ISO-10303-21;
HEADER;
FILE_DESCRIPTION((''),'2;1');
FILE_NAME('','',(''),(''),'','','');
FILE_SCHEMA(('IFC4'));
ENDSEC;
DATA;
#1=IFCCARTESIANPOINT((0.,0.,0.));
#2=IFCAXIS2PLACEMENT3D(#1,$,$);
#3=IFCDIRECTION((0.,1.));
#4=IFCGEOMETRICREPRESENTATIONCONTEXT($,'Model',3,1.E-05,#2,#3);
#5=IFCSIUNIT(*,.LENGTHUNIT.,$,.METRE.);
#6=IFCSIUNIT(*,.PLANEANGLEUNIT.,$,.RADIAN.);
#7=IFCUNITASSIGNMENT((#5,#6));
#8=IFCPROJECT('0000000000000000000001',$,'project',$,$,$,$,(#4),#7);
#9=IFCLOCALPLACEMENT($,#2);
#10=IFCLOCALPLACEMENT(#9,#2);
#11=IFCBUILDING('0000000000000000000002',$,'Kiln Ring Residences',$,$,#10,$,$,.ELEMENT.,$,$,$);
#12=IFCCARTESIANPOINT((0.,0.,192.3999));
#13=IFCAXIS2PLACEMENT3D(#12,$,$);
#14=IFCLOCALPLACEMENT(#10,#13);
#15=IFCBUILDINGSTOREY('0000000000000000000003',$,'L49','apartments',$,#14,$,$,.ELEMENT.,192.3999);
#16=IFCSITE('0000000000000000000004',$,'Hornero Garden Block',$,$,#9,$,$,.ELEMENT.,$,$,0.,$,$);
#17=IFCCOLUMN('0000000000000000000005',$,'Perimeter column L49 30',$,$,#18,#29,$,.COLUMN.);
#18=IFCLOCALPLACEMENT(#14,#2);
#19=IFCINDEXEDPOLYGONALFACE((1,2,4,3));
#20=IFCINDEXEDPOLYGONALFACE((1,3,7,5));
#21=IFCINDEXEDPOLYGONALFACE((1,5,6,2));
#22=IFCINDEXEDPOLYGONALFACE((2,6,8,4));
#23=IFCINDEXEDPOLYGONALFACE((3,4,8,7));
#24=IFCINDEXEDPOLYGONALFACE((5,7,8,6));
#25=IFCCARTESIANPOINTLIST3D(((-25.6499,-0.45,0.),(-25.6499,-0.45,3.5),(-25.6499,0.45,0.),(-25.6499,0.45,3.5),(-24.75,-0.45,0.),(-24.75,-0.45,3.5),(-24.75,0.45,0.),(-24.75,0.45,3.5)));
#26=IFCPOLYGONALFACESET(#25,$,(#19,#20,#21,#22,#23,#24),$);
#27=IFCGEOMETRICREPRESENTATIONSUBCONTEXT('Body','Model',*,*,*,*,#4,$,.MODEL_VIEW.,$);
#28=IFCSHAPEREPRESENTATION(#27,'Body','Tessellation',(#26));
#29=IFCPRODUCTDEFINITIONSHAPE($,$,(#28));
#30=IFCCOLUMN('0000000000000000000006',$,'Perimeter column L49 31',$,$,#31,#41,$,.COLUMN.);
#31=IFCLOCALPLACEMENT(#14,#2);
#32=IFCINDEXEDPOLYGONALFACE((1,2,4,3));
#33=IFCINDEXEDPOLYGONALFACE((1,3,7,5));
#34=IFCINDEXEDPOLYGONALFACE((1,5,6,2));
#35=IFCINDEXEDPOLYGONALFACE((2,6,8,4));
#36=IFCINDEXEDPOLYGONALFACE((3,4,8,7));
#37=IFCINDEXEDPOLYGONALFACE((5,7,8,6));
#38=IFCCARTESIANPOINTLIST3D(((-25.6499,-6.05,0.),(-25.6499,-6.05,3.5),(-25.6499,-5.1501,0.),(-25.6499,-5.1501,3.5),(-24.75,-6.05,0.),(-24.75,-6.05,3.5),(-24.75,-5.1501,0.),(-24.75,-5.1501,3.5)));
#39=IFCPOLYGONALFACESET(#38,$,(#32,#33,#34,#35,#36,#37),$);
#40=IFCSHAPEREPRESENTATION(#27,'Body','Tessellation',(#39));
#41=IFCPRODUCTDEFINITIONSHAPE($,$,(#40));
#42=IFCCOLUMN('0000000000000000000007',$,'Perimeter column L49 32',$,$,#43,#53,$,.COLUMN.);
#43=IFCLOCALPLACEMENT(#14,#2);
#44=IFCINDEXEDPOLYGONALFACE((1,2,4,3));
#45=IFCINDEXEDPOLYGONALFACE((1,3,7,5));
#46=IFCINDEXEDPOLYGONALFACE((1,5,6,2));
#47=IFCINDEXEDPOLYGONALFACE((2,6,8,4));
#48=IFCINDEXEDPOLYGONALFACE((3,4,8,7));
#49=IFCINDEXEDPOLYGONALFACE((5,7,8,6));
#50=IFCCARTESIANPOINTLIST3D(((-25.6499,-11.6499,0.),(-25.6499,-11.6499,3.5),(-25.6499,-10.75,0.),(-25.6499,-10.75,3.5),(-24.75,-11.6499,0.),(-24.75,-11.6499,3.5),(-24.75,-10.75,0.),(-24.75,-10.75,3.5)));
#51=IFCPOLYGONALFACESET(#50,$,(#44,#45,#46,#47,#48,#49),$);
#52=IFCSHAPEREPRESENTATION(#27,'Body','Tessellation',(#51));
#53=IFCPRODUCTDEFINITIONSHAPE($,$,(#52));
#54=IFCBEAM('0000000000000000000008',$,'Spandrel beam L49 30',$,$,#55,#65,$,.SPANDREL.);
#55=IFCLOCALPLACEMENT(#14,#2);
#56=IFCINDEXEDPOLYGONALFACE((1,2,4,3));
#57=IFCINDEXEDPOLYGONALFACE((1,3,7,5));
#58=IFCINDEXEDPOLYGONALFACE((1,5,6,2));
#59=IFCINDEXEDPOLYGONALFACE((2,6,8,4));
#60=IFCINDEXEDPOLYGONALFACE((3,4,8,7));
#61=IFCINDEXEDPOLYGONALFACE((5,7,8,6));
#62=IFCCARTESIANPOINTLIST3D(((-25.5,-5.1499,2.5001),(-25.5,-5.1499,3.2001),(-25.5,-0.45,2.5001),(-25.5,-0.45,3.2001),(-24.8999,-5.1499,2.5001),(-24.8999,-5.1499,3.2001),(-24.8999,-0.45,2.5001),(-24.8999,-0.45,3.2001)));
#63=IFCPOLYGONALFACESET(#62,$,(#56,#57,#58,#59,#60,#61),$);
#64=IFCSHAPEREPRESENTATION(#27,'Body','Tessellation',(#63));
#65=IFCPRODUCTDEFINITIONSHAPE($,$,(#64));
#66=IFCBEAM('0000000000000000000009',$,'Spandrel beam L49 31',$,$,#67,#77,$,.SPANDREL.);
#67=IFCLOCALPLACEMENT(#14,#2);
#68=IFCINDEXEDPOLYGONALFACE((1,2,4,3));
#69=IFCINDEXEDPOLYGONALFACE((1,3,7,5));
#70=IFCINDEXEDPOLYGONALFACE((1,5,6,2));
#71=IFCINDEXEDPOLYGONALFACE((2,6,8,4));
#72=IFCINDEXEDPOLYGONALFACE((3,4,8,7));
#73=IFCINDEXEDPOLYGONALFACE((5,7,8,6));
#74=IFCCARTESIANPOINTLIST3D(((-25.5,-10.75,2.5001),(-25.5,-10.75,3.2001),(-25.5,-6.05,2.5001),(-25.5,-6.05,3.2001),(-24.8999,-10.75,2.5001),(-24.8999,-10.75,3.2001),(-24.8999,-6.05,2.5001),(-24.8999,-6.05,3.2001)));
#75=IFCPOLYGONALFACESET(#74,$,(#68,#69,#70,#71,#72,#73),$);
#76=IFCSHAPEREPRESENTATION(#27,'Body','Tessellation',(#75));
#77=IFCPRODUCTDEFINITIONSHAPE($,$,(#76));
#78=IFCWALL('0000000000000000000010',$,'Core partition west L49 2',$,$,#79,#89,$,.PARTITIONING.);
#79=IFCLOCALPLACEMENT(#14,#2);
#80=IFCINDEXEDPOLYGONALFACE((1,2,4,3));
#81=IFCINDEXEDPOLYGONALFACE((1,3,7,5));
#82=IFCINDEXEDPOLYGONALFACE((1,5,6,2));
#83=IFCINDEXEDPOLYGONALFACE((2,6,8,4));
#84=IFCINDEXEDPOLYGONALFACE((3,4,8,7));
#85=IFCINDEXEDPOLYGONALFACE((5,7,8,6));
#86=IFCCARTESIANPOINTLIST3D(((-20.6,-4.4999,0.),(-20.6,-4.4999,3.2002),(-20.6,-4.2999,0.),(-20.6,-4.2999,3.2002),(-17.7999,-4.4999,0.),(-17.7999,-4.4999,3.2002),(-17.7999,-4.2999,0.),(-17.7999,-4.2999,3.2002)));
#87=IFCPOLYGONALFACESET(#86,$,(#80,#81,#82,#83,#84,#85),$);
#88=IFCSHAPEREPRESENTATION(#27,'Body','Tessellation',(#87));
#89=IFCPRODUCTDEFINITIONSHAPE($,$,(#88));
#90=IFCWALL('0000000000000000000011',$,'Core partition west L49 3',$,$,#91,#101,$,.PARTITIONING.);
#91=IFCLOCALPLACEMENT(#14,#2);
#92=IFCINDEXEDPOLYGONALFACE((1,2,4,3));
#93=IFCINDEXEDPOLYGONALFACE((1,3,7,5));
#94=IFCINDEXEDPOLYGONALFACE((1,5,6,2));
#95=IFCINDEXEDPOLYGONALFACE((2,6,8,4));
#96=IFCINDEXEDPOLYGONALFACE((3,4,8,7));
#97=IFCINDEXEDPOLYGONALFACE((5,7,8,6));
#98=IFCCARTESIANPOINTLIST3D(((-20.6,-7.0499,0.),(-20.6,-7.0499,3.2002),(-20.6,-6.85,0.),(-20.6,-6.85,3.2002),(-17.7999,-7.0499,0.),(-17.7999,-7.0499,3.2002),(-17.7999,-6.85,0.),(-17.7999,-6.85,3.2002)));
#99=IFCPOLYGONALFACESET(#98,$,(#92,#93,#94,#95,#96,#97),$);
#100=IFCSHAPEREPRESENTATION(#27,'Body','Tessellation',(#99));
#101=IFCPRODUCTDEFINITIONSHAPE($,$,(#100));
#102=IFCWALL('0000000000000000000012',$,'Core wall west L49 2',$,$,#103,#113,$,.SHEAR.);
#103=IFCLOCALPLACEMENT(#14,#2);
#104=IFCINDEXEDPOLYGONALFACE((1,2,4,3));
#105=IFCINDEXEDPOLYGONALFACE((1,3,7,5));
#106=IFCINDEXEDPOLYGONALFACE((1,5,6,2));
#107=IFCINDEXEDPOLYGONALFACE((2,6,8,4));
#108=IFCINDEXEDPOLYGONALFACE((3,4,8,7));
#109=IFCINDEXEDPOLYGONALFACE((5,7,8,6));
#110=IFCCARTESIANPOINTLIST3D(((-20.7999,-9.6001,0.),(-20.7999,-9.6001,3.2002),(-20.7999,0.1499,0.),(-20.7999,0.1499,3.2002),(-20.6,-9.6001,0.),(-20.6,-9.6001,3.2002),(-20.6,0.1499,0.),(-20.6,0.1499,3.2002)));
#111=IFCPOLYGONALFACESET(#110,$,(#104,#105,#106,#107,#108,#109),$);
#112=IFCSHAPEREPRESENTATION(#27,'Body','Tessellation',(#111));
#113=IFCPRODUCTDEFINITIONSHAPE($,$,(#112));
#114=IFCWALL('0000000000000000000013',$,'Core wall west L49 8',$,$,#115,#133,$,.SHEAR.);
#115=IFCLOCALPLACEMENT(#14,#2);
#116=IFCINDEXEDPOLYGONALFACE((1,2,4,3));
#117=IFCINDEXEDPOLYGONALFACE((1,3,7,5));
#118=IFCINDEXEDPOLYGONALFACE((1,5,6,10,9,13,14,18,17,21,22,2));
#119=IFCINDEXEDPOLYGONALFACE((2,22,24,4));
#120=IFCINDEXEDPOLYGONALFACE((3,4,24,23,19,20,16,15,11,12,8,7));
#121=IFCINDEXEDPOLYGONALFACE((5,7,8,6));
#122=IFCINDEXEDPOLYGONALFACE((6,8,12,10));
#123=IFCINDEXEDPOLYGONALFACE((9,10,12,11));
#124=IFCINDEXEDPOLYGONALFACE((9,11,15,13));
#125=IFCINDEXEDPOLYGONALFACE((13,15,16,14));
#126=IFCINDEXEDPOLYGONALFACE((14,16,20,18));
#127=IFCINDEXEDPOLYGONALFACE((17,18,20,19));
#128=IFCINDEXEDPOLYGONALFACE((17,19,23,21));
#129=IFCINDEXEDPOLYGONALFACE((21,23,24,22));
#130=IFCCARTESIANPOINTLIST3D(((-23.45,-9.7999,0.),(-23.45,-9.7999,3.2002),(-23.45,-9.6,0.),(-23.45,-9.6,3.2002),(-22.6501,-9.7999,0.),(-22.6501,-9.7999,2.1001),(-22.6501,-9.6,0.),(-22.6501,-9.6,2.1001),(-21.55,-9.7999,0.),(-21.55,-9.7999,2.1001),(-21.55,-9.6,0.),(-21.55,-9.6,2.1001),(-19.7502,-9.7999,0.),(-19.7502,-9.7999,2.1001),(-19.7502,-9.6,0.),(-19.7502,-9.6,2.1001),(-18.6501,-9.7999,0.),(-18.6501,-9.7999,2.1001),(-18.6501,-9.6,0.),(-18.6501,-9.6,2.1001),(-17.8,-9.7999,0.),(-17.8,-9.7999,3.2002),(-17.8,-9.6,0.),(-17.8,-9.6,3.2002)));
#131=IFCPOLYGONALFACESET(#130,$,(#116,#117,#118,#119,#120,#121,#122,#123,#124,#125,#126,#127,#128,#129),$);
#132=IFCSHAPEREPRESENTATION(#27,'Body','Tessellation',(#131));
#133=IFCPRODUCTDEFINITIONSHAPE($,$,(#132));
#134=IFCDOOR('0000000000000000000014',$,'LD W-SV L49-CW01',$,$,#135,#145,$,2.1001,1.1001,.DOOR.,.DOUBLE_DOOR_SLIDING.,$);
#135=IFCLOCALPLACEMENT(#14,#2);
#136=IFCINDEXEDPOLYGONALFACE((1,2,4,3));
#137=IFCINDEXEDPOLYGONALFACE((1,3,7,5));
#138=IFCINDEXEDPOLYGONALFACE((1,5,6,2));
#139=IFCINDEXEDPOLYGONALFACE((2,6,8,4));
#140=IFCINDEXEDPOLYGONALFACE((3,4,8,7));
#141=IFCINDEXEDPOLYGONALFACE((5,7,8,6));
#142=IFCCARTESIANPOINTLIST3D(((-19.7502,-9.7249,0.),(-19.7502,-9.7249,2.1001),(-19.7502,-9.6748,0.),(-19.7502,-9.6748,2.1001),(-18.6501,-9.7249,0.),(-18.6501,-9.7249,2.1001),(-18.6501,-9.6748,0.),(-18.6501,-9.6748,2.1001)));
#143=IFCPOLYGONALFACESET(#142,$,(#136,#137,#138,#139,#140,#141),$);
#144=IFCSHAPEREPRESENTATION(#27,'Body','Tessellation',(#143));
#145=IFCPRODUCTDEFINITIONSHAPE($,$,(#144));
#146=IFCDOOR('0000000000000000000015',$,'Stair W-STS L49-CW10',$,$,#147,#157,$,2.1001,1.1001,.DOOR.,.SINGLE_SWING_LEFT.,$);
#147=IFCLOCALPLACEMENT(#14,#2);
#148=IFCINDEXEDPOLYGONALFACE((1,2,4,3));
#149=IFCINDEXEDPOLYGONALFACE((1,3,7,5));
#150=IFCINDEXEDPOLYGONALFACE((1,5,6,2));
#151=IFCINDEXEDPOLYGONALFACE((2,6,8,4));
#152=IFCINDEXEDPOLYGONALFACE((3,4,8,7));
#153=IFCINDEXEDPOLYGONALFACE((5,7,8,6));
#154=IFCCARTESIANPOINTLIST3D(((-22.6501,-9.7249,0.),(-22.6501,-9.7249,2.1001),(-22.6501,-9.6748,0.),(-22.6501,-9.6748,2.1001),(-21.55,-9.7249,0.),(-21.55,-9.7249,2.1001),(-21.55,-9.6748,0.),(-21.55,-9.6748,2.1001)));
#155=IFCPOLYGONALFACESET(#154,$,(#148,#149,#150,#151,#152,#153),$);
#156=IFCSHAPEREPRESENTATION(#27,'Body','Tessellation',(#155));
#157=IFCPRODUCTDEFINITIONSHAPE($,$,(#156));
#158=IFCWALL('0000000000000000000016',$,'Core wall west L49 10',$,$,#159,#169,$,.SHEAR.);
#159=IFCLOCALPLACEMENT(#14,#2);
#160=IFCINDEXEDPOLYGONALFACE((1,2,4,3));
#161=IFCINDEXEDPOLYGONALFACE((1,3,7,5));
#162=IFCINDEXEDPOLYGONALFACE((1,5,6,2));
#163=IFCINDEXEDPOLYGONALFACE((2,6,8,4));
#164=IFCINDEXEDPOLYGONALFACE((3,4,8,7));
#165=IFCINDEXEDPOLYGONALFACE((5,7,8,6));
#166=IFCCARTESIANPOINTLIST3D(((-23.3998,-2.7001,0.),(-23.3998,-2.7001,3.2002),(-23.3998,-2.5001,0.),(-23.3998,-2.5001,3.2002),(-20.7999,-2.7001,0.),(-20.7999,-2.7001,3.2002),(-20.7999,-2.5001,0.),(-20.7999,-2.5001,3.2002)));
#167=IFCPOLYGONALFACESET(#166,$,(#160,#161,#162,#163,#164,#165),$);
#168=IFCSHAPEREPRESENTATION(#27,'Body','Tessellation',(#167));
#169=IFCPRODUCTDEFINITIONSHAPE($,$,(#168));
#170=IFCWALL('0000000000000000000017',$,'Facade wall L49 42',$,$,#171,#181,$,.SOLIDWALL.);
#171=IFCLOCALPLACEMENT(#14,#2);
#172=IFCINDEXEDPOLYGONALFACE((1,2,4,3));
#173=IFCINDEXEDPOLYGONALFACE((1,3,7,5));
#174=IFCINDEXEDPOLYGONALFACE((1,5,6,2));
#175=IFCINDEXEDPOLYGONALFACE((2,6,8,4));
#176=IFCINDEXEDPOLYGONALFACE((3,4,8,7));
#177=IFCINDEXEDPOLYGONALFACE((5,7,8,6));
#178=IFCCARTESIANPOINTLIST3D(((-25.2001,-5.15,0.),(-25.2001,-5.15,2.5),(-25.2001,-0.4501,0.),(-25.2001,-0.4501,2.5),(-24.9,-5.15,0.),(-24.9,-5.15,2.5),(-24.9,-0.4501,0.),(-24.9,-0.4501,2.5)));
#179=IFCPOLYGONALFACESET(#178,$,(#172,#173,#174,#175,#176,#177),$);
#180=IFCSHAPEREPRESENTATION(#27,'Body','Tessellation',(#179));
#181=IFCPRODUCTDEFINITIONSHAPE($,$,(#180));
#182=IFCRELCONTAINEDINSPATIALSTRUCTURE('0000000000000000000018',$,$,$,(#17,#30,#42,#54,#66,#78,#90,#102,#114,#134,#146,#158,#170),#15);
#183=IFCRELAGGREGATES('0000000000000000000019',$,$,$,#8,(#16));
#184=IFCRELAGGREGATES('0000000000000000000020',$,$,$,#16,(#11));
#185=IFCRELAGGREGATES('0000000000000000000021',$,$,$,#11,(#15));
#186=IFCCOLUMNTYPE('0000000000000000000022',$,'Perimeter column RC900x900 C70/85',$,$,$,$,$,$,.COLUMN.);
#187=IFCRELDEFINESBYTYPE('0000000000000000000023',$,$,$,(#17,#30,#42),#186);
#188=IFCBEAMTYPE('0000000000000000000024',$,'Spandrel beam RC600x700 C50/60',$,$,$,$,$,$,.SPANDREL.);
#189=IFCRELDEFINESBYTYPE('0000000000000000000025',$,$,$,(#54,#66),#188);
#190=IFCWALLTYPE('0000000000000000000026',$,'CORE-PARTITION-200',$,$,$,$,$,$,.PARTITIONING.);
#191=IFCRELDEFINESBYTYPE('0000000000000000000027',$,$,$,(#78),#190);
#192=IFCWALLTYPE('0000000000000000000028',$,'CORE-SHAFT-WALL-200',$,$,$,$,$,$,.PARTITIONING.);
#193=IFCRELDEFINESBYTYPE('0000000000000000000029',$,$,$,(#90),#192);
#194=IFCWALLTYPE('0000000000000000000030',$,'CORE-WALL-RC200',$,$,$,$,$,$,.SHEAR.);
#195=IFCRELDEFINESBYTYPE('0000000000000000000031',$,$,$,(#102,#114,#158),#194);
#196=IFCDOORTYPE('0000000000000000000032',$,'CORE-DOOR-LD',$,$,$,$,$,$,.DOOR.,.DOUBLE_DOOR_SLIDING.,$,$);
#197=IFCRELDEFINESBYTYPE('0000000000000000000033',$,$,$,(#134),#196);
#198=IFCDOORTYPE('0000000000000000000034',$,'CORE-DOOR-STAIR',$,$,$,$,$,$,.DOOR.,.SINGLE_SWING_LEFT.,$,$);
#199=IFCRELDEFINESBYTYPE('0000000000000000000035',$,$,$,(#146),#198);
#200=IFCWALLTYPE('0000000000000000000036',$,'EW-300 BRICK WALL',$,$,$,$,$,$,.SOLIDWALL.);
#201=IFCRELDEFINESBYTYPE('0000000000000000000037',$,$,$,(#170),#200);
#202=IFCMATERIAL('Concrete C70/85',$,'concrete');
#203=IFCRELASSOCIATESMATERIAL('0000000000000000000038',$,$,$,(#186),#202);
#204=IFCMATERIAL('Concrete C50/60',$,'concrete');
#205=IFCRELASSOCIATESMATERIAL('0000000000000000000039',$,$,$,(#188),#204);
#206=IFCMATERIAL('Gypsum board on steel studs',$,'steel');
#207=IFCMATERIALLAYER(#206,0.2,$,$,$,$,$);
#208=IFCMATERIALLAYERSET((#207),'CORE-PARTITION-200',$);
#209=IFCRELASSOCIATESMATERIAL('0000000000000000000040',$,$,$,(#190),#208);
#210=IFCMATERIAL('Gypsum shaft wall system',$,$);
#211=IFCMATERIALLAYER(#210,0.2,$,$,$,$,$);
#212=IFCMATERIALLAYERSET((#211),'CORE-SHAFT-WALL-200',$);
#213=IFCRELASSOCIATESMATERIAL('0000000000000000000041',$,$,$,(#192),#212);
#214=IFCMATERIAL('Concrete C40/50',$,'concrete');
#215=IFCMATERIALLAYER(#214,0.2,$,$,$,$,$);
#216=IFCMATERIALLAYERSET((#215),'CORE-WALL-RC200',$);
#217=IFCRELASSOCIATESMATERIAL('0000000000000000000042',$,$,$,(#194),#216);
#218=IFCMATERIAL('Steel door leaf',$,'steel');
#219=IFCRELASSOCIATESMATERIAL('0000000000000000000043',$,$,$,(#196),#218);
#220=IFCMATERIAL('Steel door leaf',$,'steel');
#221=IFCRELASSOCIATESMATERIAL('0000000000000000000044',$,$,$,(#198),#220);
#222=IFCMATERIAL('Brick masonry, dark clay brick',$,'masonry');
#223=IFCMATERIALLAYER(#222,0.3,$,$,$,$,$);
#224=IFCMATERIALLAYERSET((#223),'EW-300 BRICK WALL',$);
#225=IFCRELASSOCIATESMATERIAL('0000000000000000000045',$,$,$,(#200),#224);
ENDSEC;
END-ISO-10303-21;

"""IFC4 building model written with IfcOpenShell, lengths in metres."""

from ifc_helpers import new_model, si_unit, direction, frame, frame_2d, origin, origin_2d, place, context, subcontext, project, spatial, rectangle, extrude, material, layer, layer_set, material_profile, profile_set, type_object, element, fill, save


model = new_model("IFC4")

# Units and contexts
model_context = context("Model", 3, precision=1e-05, world=origin(), true_north=direction((0.0, 1.0)))
body_context = subcontext(model_context, "Body", "Model", "MODEL_VIEW")
ifc_project = project(units=[si_unit("LENGTHUNIT", "METRE"), si_unit("PLANEANGLEUNIT", "RADIAN")], contexts=[model_context])

# Site, building, storey
site_placement = place(None, origin())
site = spatial("IfcSite", under=ifc_project, at=site_placement, Name="Hornero Garden Block", CompositionType="ELEMENT", RefElevation=0.0)
building_placement = place(site_placement, origin())
building = spatial("IfcBuilding", under=site, at=building_placement, Name="Kiln Ring Residences", CompositionType="ELEMENT")
storey_placement = place(building_placement, frame((0.0, 0.0, 192.3999)))
storey = spatial("IfcBuildingStorey", under=building, at=storey_placement, Name="L49", Description="apartments", CompositionType="ELEMENT", Elevation=192.3999)

# Columns
ifc_material_1 = material(Name="Concrete C70/85", Category="concrete")
ifc_material_profile_1 = material_profile(ifc_material_1, rectangle(XDim=0.8999, YDim=0.8999, at=origin_2d()), Name="RC900x900")
ifc_profile_set_1 = profile_set([ifc_material_profile_1], Name="Concrete C70/85")
column_type = type_object("IfcColumnType", Name="Perimeter column RC900x900 C70/85", PredefinedType="COLUMN", material=ifc_profile_set_1)
for number, where, z_axis, x_axis, name in (
    (1, (-25.2, 0.0, 0.0), (0.0, 0.0, 1.0), (1.0, 0.0, 0.0), "Perimeter column L49 30"),
    (2, (-25.2, -5.6001, 0.0), (0.0, 0.0, 1.0), (1.0, 0.0, 0.0), "Perimeter column L49 31"),
    (3, (-25.2, -11.2, 0.0), (0.0, 0.0, 1.0), (1.0, 0.0, 0.0), "Perimeter column L49 32"),
):
    element("IfcColumn", number, at=place(storey_placement, frame(where, z_axis=z_axis, x_axis=x_axis)), inside=storey, type_object=column_type, Name=name, PredefinedType="COLUMN", context=body_context, shape_type="SweptSolid", body=[
        extrude(rectangle(XDim=0.8999, YDim=0.8999, at=origin_2d()), origin(), (0.0, 0.0, 1.0), 3.5),
    ])

# Beams
ifc_material_2 = material(Name="Concrete C50/60", Category="concrete")
ifc_material_profile_2 = material_profile(ifc_material_2, rectangle(XDim=0.6001, YDim=0.7, at=origin_2d()), Name="RC600x700")
ifc_profile_set_2 = profile_set([ifc_material_profile_2], Name="Concrete C50/60")
beam_type = type_object("IfcBeamType", Name="Spandrel beam RC600x700 C50/60", PredefinedType="SPANDREL", material=ifc_profile_set_2)
for number, where, z_axis, x_axis, name in (
    (4, (-25.2, -0.45, 2.8501), (0.0, -1.0, 0.0), (1.0, 0.0, 0.0), "Spandrel beam L49 30"),
    (5, (-25.2, -6.05, 2.8501), (0.0, -1.0, 0.0), (1.0, 0.0, 0.0), "Spandrel beam L49 31"),
):
    element("IfcBeam", number, at=place(storey_placement, frame(where, z_axis=z_axis, x_axis=x_axis)), inside=storey, type_object=beam_type, Name=name, PredefinedType="SPANDREL", context=body_context, shape_type="SweptSolid", body=[
        extrude(rectangle(XDim=0.6001, YDim=0.7, at=origin_2d()), origin(), (0.0, 0.0, 1.0), 4.7),
    ])

# Walls
ifc_material_3 = material(Name="Gypsum board on steel studs", Category="steel")
ifc_layer_1 = layer(ifc_material_3, 0.2)
ifc_layer_set_1 = layer_set([ifc_layer_1], Name="CORE-PARTITION-200")
wall_type_1 = type_object("IfcWallType", Name="CORE-PARTITION-200", PredefinedType="PARTITIONING", material=ifc_layer_set_1)
wall_1_placement = place(storey_placement, frame((-17.8, -4.3999, 0.0), z_axis=(0.0, 0.0, 1.0), x_axis=(-1.0, 0.0, 0.0)))
element("IfcWall", 6, at=wall_1_placement, inside=storey, type_object=wall_type_1, Name="Core partition west L49 2", PredefinedType="PARTITIONING", context=body_context, shape_type="SweptSolid", body=[
    extrude(rectangle(XDim=2.8, YDim=0.2, at=frame_2d((1.3999, 0.0))), origin(), (0.0, 0.0, 1.0), 3.2002),
])
ifc_material_4 = material(Name="Gypsum shaft wall system")
ifc_layer_2 = layer(ifc_material_4, 0.2)
ifc_layer_set_2 = layer_set([ifc_layer_2], Name="CORE-SHAFT-WALL-200")
wall_type_2 = type_object("IfcWallType", Name="CORE-SHAFT-WALL-200", PredefinedType="PARTITIONING", material=ifc_layer_set_2)
wall_2_placement = place(storey_placement, frame((-17.8, -6.95, 0.0), z_axis=(0.0, 0.0, 1.0), x_axis=(-1.0, 0.0, 0.0)))
element("IfcWall", 7, at=wall_2_placement, inside=storey, type_object=wall_type_2, Name="Core partition west L49 3", PredefinedType="PARTITIONING", context=body_context, shape_type="SweptSolid", body=[
    extrude(rectangle(XDim=2.8, YDim=0.2, at=frame_2d((1.3999, 0.0))), origin(), (0.0, 0.0, 1.0), 3.2002),
])
ifc_material_5 = material(Name="Concrete C40/50", Category="concrete")
ifc_layer_3 = layer(ifc_material_5, 0.2)
ifc_layer_set_3 = layer_set([ifc_layer_3], Name="CORE-WALL-RC200")
wall_type_3 = type_object("IfcWallType", Name="CORE-WALL-RC200", PredefinedType="SHEAR", material=ifc_layer_set_3)
wall_3_placement = place(storey_placement, frame((-20.7, -9.6001, 0.0), z_axis=(0.0, 0.0, 1.0), x_axis=(0.0, 1.0, 0.0)))
element("IfcWall", 8, at=wall_3_placement, inside=storey, type_object=wall_type_3, Name="Core wall west L49 2", PredefinedType="SHEAR", context=body_context, shape_type="SweptSolid", body=[
    extrude(rectangle(XDim=9.75, YDim=0.2, at=frame_2d((4.875, 0.0))), origin(), (0.0, 0.0, 1.0), 3.2002),
])

# Wall, openings, doors
wall_4_placement = place(storey_placement, frame((-17.8, -9.7, 0.0), z_axis=(0.0, 0.0, 1.0), x_axis=(-1.0, 0.0, 0.0)))
wall_4 = element("IfcWall", 9, at=wall_4_placement, inside=storey, type_object=wall_type_3, Name="Core wall west L49 8", PredefinedType="SHEAR", context=body_context, shape_type="SweptSolid", body=[
    extrude(rectangle(XDim=5.6499, YDim=0.2, at=frame_2d((2.825, 0.0))), origin(), (0.0, 0.0, 1.0), 3.2002),
])
opening_1_placement = place(wall_4_placement, frame((0.8501, 0.0, 0.0)))
opening_1 = element("IfcOpeningElement", 10, at=opening_1_placement, cuts=wall_4, PredefinedType="OPENING", context=body_context, shape_type="SweptSolid", body=[
    extrude(rectangle(XDim=1.1001, YDim=2.1001, at=frame_2d((0.55, 1.05))), frame((0.0, 0.1099, 0.0), z_axis=(0.0, -1.0, 0.0), x_axis=(1.0, 0.0, 0.0)), (0.0, 0.0, 1.0), 0.22),
])
opening_2_placement = place(wall_4_placement, frame((3.75, 0.0, 0.0)))
opening_2 = element("IfcOpeningElement", 11, at=opening_2_placement, cuts=wall_4, PredefinedType="OPENING", context=body_context, shape_type="SweptSolid", body=[
    extrude(rectangle(XDim=1.1001, YDim=2.1001, at=frame_2d((0.55, 1.05))), frame((0.0, 0.1099, 0.0), z_axis=(0.0, -1.0, 0.0), x_axis=(1.0, 0.0, 0.0)), (0.0, 0.0, 1.0), 0.22),
])
ifc_material_6 = material(Name="Steel door leaf", Category="steel")
door_type_1 = type_object("IfcDoorType", Name="CORE-DOOR-LD", OperationType="DOUBLE_DOOR_SLIDING", PredefinedType="DOOR", material=ifc_material_6)
door_1_placement = place(opening_1_placement, origin())
door_1 = element("IfcDoor", 12, at=door_1_placement, inside=storey, type_object=door_type_1, Name="LD W-SV L49-CW01", OperationType="DOUBLE_DOOR_SLIDING", OverallHeight=2.1001, OverallWidth=1.1001, PredefinedType="DOOR", context=body_context, shape_type="SweptSolid", body=[
    extrude(rectangle(XDim=1.1001, YDim=2.1001, at=frame_2d((0.55, 1.05))), frame((0.0, 0.0249, 0.0), z_axis=(0.0, -1.0, 0.0), x_axis=(1.0, 0.0, 0.0)), (0.0, 0.0, 1.0), 0.05),
])
fill(opening_1, door_1)
ifc_material_7 = material(Name="Steel door leaf", Category="steel")
door_type_2 = type_object("IfcDoorType", Name="CORE-DOOR-STAIR", OperationType="SINGLE_SWING_LEFT", PredefinedType="DOOR", material=ifc_material_7)
door_2_placement = place(opening_2_placement, origin())
door_2 = element("IfcDoor", 13, at=door_2_placement, inside=storey, type_object=door_type_2, Name="Stair W-STS L49-CW10", OperationType="SINGLE_SWING_LEFT", OverallHeight=2.1001, OverallWidth=1.1001, PredefinedType="DOOR", context=body_context, shape_type="SweptSolid", body=[
    extrude(rectangle(XDim=1.1001, YDim=2.1001, at=frame_2d((0.55, 1.05))), frame((0.0, 0.0249, 0.0), z_axis=(0.0, -1.0, 0.0), x_axis=(1.0, 0.0, 0.0)), (0.0, 0.0, 1.0), 0.05),
])
fill(opening_2, door_2)

# Walls
wall_5_placement = place(storey_placement, frame((-20.8, -2.6001, 0.0), z_axis=(0.0, 0.0, 1.0), x_axis=(-1.0, 0.0, 0.0)))
element("IfcWall", 14, at=wall_5_placement, inside=storey, type_object=wall_type_3, Name="Core wall west L49 10", PredefinedType="SHEAR", context=body_context, shape_type="SweptSolid", body=[
    extrude(rectangle(XDim=2.5999, YDim=0.2, at=frame_2d((1.2998, 0.0))), origin(), (0.0, 0.0, 1.0), 3.2002),
])
ifc_material_8 = material(Name="Brick masonry, dark clay brick", Category="masonry")
ifc_layer_4 = layer(ifc_material_8, 0.3)
ifc_layer_set_4 = layer_set([ifc_layer_4], Name="EW-300 BRICK WALL")
wall_type_4 = type_object("IfcWallType", Name="EW-300 BRICK WALL", PredefinedType="SOLIDWALL", material=ifc_layer_set_4)
for number, where, z_axis, x_axis, name in (
    (15, (-25.05, -0.45, 0.0), (0.0, 0.0, 1.0), (0.0, -1.0, 0.0), "Facade wall L49 42"),
):
    element("IfcWall", number, at=place(storey_placement, frame(where, z_axis=z_axis, x_axis=x_axis)), inside=storey, type_object=wall_type_4, Name=name, PredefinedType="SOLIDWALL", context=body_context, shape_type="SweptSolid", body=[
        extrude(rectangle(XDim=4.7, YDim=0.3, at=frame_2d((2.3501, 0.0))), origin(), (0.0, 0.0, 1.0), 2.5),
    ])

save(model, "model.ifc")
